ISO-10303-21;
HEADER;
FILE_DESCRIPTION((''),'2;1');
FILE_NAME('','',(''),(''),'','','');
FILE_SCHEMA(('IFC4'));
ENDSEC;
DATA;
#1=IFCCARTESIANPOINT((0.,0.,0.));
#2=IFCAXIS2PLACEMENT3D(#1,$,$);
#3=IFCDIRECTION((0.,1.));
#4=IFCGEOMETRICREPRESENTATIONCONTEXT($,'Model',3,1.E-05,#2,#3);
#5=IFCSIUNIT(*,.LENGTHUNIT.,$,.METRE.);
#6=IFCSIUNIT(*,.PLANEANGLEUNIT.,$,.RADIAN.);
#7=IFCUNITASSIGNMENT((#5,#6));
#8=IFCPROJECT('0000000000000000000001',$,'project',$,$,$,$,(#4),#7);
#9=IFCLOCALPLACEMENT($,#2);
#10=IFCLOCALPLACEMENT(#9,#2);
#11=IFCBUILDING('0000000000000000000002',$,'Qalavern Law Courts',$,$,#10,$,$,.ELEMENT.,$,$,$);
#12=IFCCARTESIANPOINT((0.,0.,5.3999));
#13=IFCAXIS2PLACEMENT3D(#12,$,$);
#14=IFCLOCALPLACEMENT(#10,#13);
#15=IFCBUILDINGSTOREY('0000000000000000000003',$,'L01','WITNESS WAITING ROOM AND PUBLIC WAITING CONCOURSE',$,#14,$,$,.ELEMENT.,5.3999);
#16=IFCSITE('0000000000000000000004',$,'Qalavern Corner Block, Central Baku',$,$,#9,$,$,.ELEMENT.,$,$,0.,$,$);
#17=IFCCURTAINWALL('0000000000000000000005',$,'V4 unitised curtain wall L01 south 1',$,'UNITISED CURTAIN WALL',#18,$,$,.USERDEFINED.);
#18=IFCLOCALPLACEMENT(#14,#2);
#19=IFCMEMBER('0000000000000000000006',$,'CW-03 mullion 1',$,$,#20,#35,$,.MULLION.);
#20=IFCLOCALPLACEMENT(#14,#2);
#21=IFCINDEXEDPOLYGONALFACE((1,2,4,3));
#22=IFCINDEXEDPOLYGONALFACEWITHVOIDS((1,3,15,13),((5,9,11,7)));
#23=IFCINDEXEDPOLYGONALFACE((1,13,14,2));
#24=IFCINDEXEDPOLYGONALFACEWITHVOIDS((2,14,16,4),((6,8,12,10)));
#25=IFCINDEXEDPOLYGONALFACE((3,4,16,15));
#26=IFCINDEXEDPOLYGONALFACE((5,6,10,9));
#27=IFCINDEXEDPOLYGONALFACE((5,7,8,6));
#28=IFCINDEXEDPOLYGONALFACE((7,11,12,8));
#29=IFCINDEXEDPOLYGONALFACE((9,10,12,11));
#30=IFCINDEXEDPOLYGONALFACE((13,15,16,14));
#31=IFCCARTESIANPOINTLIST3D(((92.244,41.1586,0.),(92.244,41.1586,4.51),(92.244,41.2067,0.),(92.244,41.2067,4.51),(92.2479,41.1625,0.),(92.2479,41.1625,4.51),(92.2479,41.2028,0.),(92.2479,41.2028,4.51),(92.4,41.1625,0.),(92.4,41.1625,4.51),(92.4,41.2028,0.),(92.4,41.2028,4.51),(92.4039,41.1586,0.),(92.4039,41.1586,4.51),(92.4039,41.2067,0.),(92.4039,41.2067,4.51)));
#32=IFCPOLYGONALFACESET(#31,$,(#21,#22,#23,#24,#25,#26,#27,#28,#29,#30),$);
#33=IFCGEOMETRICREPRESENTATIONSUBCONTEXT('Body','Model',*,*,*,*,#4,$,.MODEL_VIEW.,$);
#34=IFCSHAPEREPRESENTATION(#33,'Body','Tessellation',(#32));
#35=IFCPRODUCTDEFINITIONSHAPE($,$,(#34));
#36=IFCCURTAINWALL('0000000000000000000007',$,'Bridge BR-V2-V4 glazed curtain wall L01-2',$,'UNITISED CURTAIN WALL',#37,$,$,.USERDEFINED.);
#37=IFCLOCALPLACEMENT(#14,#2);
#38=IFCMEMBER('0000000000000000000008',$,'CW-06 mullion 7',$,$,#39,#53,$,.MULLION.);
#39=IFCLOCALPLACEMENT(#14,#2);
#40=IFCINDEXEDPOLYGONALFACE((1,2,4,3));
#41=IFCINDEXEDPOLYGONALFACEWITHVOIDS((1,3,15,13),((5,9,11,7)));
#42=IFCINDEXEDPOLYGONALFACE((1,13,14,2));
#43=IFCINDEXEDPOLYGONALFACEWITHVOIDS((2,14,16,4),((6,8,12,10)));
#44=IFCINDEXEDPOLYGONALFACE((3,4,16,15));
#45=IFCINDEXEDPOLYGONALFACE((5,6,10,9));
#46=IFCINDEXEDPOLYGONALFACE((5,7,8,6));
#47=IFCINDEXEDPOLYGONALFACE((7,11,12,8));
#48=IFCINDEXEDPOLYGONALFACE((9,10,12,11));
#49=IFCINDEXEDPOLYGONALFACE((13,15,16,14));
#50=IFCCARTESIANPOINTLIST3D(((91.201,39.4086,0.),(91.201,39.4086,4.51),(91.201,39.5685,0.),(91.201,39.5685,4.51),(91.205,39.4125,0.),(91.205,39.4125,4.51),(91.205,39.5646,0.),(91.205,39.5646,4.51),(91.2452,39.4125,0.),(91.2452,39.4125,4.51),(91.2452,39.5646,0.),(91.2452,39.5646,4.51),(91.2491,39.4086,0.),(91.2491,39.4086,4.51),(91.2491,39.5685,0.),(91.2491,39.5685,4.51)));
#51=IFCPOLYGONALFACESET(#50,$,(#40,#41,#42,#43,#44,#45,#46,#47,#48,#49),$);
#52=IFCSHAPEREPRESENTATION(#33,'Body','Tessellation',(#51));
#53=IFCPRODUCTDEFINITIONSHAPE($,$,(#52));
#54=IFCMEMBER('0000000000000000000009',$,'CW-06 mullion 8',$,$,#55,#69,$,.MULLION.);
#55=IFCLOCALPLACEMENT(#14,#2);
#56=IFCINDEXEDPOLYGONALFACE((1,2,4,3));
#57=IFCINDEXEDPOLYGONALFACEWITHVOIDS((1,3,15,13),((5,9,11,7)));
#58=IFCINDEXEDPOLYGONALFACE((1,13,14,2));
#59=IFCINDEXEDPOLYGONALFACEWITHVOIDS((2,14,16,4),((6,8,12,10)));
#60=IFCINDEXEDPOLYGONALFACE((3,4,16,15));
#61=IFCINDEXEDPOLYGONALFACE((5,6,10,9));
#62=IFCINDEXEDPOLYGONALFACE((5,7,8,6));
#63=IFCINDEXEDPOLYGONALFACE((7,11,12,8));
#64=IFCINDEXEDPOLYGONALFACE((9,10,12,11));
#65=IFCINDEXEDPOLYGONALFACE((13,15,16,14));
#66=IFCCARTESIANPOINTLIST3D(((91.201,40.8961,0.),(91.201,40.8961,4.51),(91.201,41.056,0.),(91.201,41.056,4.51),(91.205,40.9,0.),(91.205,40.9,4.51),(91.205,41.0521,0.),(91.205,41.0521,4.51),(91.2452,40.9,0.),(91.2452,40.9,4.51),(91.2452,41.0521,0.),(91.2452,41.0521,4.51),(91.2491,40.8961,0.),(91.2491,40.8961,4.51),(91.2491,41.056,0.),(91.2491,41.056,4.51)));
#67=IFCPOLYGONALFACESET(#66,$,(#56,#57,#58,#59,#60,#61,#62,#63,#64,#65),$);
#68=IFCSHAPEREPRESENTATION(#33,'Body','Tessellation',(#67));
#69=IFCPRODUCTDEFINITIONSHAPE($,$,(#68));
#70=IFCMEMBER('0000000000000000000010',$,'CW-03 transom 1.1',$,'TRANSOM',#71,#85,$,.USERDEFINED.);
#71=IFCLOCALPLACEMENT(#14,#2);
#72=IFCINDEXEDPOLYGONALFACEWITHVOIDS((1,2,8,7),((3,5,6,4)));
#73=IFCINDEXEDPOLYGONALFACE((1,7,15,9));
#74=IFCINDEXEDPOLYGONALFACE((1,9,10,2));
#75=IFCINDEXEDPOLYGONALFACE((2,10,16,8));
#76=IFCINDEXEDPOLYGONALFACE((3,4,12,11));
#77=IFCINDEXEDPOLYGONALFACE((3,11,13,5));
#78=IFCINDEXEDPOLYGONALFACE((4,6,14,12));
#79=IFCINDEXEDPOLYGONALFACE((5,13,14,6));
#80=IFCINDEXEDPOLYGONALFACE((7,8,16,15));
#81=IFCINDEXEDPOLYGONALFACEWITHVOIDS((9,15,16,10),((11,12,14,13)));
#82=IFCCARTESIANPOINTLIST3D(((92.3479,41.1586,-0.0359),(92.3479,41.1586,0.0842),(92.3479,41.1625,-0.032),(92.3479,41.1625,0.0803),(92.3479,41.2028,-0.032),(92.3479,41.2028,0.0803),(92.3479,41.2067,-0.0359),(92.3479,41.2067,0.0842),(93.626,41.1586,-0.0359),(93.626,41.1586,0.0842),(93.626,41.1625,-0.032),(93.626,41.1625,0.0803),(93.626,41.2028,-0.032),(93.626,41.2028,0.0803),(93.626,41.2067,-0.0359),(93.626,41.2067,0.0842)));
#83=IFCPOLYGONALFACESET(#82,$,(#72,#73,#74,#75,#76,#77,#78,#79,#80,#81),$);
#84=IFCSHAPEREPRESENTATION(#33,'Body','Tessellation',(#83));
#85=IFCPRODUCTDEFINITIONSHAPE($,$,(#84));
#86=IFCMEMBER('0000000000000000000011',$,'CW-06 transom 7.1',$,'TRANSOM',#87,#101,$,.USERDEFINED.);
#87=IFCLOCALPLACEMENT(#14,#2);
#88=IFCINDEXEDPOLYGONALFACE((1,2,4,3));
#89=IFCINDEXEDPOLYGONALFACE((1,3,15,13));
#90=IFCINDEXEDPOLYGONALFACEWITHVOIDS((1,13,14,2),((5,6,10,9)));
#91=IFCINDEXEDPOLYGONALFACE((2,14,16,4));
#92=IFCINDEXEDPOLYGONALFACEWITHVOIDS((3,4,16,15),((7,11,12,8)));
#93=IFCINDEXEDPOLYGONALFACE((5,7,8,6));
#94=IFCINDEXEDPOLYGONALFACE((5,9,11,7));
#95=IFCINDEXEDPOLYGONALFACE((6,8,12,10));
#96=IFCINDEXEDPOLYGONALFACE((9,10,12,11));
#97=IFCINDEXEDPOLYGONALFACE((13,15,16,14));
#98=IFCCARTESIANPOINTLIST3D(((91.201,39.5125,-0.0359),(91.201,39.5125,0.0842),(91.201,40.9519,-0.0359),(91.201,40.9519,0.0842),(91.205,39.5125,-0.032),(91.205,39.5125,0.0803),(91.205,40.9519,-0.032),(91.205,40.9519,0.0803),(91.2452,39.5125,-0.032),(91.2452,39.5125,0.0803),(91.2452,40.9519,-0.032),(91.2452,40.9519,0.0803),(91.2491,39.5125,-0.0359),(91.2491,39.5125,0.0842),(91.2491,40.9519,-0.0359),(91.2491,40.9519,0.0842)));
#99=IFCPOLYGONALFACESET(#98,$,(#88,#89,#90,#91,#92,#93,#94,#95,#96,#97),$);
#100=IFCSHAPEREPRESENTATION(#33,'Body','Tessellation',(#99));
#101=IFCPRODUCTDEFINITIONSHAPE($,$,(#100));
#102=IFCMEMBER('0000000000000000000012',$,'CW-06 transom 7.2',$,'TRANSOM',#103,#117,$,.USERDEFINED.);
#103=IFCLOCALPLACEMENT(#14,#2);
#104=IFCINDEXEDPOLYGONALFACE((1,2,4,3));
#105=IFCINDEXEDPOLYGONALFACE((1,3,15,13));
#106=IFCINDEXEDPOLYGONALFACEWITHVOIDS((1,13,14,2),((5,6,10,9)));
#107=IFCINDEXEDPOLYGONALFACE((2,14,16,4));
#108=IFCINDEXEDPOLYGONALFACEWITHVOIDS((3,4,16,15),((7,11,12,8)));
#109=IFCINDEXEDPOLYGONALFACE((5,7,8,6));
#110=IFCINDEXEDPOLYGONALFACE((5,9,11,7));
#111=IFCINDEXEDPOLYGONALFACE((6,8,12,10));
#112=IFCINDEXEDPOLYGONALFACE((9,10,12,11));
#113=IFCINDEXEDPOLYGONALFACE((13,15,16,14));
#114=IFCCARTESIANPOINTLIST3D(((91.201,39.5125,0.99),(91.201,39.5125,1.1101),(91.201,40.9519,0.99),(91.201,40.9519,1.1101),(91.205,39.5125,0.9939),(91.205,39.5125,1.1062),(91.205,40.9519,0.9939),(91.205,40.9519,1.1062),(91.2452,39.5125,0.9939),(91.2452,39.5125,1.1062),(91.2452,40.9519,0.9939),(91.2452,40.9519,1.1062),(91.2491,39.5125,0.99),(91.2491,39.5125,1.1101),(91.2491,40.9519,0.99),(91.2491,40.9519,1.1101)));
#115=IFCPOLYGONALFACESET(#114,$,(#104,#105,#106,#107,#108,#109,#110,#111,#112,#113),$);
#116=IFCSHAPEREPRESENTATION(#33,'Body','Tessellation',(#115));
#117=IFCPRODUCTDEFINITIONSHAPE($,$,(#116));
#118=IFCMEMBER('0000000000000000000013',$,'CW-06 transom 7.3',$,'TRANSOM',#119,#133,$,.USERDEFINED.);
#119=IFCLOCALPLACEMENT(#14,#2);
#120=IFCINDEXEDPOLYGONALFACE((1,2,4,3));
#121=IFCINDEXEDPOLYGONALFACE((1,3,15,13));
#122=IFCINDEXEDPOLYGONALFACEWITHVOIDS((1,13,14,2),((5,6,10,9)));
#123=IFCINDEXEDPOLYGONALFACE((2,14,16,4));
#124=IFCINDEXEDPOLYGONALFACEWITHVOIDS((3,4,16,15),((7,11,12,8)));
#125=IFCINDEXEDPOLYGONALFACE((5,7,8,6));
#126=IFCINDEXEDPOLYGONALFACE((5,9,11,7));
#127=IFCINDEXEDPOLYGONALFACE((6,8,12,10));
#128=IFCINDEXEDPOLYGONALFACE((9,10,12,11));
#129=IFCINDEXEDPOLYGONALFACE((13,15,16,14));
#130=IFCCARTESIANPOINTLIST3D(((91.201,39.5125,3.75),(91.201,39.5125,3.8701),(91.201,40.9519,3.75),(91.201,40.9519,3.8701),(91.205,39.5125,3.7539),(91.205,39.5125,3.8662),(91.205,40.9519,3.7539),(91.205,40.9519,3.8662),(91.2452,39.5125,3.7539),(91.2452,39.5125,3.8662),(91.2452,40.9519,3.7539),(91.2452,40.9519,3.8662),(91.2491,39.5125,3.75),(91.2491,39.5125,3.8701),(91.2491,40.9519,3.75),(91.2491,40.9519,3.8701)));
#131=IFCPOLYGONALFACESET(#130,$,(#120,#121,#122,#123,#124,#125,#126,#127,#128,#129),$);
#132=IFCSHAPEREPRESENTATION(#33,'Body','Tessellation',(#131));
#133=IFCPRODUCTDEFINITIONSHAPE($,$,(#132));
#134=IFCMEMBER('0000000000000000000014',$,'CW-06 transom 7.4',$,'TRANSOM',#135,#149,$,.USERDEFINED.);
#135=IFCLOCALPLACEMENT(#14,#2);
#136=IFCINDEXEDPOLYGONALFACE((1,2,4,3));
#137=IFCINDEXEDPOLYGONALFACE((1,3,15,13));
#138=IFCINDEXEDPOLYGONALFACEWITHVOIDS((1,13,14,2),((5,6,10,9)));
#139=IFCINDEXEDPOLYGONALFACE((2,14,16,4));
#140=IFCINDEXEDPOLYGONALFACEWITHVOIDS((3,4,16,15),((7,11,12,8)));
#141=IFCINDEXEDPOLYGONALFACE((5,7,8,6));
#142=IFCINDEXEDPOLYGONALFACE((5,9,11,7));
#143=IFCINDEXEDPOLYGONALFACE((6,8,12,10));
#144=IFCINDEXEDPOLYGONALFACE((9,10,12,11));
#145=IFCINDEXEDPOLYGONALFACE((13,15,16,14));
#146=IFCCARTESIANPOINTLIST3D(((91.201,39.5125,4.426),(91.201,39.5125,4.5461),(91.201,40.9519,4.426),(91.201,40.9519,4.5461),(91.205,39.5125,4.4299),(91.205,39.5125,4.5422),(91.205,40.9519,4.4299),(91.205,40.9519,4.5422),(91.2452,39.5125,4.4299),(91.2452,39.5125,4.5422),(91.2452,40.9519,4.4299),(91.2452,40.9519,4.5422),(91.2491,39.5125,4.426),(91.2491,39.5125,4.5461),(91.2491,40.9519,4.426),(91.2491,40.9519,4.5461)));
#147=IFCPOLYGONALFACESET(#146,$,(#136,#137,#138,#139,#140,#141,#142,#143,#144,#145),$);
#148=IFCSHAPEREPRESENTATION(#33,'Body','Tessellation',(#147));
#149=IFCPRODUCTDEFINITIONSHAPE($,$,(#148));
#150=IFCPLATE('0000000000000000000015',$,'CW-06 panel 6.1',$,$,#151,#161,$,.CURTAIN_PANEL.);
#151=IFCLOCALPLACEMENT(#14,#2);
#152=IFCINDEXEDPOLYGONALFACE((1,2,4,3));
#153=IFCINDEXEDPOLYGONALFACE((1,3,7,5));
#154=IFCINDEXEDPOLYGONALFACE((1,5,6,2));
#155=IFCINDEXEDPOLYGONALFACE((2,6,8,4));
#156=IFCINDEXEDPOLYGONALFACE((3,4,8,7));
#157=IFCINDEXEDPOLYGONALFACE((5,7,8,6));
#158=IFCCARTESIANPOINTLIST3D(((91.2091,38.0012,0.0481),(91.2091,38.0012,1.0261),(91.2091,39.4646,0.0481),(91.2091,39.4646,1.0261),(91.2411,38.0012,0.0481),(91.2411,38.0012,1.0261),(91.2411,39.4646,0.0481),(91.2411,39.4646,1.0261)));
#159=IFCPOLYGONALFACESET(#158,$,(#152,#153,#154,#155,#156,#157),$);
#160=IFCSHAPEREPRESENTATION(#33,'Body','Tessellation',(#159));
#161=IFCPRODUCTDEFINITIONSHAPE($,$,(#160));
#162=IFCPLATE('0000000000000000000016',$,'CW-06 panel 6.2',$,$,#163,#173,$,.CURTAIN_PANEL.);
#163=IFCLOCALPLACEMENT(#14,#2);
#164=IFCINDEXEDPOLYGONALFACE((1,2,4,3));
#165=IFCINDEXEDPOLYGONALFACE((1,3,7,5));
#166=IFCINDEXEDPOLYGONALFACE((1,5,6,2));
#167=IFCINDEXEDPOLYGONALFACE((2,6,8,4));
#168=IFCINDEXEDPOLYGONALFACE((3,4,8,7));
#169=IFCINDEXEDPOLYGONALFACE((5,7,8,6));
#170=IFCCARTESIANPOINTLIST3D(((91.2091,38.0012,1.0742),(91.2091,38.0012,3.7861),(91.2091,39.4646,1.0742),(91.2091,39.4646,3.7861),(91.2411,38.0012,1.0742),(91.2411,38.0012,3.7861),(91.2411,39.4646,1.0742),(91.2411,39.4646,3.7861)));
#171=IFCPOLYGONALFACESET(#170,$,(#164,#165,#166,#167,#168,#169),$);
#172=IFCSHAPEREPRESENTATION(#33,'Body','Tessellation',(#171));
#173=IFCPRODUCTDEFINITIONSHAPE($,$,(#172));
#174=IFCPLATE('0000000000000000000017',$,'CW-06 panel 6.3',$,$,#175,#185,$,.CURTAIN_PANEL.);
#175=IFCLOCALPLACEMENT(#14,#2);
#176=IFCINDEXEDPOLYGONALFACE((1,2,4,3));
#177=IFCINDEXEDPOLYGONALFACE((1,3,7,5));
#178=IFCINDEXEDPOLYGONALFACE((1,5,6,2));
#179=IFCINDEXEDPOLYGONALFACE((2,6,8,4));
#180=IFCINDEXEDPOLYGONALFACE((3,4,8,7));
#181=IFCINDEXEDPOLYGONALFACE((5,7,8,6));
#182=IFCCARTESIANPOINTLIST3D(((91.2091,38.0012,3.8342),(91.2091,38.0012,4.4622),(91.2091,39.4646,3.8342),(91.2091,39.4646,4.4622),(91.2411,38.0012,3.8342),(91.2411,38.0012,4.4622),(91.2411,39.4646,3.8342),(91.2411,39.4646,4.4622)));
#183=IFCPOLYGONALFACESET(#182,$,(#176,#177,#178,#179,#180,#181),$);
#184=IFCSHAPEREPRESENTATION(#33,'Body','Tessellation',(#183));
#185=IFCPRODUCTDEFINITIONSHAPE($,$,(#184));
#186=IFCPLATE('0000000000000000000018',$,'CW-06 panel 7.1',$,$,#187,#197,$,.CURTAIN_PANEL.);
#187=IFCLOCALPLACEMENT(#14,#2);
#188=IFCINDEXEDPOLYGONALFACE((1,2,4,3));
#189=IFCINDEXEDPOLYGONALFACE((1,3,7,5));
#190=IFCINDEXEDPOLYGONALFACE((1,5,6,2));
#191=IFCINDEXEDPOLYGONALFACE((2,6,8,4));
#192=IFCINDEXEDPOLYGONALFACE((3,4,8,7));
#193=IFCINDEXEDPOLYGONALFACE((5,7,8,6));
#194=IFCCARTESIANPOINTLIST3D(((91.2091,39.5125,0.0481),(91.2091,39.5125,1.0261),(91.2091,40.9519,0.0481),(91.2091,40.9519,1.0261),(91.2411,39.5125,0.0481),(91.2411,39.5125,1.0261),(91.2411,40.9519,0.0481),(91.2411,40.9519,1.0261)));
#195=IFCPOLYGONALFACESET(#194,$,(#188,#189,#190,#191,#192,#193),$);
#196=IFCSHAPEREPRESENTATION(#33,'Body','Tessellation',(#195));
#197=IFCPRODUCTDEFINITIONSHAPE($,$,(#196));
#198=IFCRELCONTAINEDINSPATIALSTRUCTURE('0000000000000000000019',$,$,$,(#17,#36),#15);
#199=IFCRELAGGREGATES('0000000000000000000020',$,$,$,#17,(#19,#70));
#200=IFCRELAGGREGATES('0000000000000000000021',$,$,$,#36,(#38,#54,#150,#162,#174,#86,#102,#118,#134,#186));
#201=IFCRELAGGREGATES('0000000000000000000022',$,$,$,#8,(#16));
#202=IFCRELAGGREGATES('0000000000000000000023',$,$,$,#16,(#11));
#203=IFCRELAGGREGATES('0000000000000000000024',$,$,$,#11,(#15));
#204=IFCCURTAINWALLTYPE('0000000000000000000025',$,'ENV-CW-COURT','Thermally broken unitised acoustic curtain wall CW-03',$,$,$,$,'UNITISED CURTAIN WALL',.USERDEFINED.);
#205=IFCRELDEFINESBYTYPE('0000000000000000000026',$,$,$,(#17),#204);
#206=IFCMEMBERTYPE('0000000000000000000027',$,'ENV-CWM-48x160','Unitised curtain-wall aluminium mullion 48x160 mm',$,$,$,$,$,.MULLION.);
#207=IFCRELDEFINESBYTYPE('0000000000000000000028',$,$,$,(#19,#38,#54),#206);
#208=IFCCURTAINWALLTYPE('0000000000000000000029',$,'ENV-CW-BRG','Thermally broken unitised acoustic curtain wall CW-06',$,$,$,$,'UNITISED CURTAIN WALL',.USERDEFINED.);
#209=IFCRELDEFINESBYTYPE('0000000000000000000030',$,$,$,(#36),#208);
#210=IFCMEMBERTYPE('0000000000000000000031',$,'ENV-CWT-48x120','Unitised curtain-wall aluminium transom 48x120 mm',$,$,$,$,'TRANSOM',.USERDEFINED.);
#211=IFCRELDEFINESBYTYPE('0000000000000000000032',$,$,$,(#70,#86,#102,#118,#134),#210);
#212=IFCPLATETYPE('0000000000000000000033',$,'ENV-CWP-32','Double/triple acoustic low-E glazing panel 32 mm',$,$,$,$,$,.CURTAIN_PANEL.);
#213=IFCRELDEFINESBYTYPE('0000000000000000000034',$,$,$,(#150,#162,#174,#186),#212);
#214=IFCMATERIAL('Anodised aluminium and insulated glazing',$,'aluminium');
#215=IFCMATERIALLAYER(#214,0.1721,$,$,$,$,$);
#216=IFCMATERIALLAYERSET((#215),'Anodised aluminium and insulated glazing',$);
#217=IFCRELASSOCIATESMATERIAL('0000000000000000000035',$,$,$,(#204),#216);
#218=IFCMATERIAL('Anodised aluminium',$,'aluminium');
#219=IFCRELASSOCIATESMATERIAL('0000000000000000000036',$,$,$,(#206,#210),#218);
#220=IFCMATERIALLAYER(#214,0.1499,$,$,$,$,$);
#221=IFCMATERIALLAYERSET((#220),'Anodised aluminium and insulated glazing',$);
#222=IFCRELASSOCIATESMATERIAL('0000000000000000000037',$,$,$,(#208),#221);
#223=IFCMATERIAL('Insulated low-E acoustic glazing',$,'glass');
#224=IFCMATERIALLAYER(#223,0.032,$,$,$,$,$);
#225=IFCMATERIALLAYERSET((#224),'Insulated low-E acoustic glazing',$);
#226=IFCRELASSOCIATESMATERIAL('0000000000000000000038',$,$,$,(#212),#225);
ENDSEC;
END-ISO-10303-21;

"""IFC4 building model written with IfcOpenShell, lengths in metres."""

from ifc_helpers import new_model, si_unit, direction, frame, origin, origin_2d, place, context, subcontext, project, spatial, rectangle, hollow_rectangle, extrude, material, layer, layer_set, material_profile, profile_set, type_object, element, aggregate, save


model = new_model("IFC4")

# Units and contexts
model_context = context("Model", 3, precision=1e-05, world=origin(), true_north=direction((0.0, 1.0)))
body_context = subcontext(model_context, "Body", "Model", "MODEL_VIEW")
ifc_project = project(units=[si_unit("LENGTHUNIT", "METRE"), si_unit("PLANEANGLEUNIT", "RADIAN")], contexts=[model_context])

# Site, building, storey
site_placement = place(None, origin())
site = spatial("IfcSite", under=ifc_project, at=site_placement, Name="Qalavern Corner Block, Central Baku", CompositionType="ELEMENT", RefElevation=0.0)
building_placement = place(site_placement, origin())
building = spatial("IfcBuilding", under=site, at=building_placement, Name="Qalavern Law Courts", CompositionType="ELEMENT")
storey_placement = place(building_placement, frame((0.0, 0.0, 5.3999)))
storey = spatial("IfcBuildingStorey", under=building, at=storey_placement, Name="L01", Description="WITNESS WAITING ROOM AND PUBLIC WAITING CONCOURSE", CompositionType="ELEMENT", Elevation=5.3999)

# Curtain wall, member
ifc_material_1 = material(Name="Anodised aluminium and insulated glazing", Category="aluminium")
ifc_layer_1 = layer(ifc_material_1, 0.1721)
ifc_layer_set_1 = layer_set([ifc_layer_1], Name="Anodised aluminium and insulated glazing")
curtain_wall_type_1 = type_object("IfcCurtainWallType", Name="ENV-CW-COURT", Description="Thermally broken unitised acoustic curtain wall CW-03", ElementType="UNITISED CURTAIN WALL", PredefinedType="USERDEFINED", material=ifc_layer_set_1)
curtain_wall_1_placement = place(storey_placement, origin())
curtain_wall_1 = element("IfcCurtainWall", 1, at=curtain_wall_1_placement, inside=storey, type_object=curtain_wall_type_1, Name="V4 unitised curtain wall L01 south 1", ObjectType="UNITISED CURTAIN WALL", PredefinedType="USERDEFINED")
ifc_material_2 = material(Name="Anodised aluminium", Category="aluminium")
ifc_material_profile_1 = material_profile(ifc_material_2, hollow_rectangle(XDim=0.0481, YDim=0.1599, WallThickness=0.0039, at=origin_2d()), Name="ALU MULLION 48x160")
ifc_profile_set_1 = profile_set([ifc_material_profile_1], Name="Anodised aluminium")
member_type_1 = type_object("IfcMemberType", Name="ENV-CWM-48x160", Description="Unitised curtain-wall aluminium mullion 48x160 mm", PredefinedType="MULLION", material=ifc_profile_set_1)
member_1_placement = place(storey_placement, frame((92.324, 41.1826, 0.0), z_axis=(0.0, 0.0, 1.0), x_axis=(0.0, 1.0, 0.0)))
member_1 = element("IfcMember", 2, at=member_1_placement, type_object=member_type_1, Name="CW-03 mullion 1", PredefinedType="MULLION", context=body_context, shape_type="SweptSolid", body=[
    extrude(hollow_rectangle(XDim=0.0481, YDim=0.1599, WallThickness=0.0039, at=origin_2d()), origin(), (0.0, 0.0, 1.0), 4.51),
])

# Curtain wall, members
ifc_layer_2 = layer(ifc_material_1, 0.1499)
ifc_layer_set_2 = layer_set([ifc_layer_2], Name="Anodised aluminium and insulated glazing")
curtain_wall_type_2 = type_object("IfcCurtainWallType", Name="ENV-CW-BRG", Description="Thermally broken unitised acoustic curtain wall CW-06", ElementType="UNITISED CURTAIN WALL", PredefinedType="USERDEFINED", material=ifc_layer_set_2)
curtain_wall_2_placement = place(storey_placement, origin())
curtain_wall_2 = element("IfcCurtainWall", 3, at=curtain_wall_2_placement, inside=storey, type_object=curtain_wall_type_2, Name="Bridge BR-V2-V4 glazed curtain wall L01-2", ObjectType="UNITISED CURTAIN WALL", PredefinedType="USERDEFINED")
member_2_placement = place(storey_placement, frame((91.2251, 39.4885, 0.0), z_axis=(0.0, 0.0, 1.0), x_axis=(-1.0, 0.0, 0.0)))
member_2 = element("IfcMember", 4, at=member_2_placement, type_object=member_type_1, Name="CW-06 mullion 7", PredefinedType="MULLION", context=body_context, shape_type="SweptSolid", body=[
    extrude(hollow_rectangle(XDim=0.0481, YDim=0.1599, WallThickness=0.0039, at=origin_2d()), origin(), (0.0, 0.0, 1.0), 4.51),
])
member_3_placement = place(storey_placement, frame((91.2251, 40.9761, 0.0), z_axis=(0.0, 0.0, 1.0), x_axis=(-1.0, 0.0, 0.0)))
member_3 = element("IfcMember", 5, at=member_3_placement, type_object=member_type_1, Name="CW-06 mullion 8", PredefinedType="MULLION", context=body_context, shape_type="SweptSolid", body=[
    extrude(hollow_rectangle(XDim=0.0481, YDim=0.1599, WallThickness=0.0039, at=origin_2d()), origin(), (0.0, 0.0, 1.0), 4.51),
])

# Members
ifc_material_profile_2 = material_profile(ifc_material_2, hollow_rectangle(XDim=0.0481, YDim=0.1201, WallThickness=0.0039, at=origin_2d()), Name="ALU TRANSOM 48x120")
ifc_profile_set_2 = profile_set([ifc_material_profile_2], Name="Anodised aluminium")
member_type_2 = type_object("IfcMemberType", Name="ENV-CWT-48x120", Description="Unitised curtain-wall aluminium transom 48x120 mm", ElementType="TRANSOM", PredefinedType="USERDEFINED", material=ifc_profile_set_2)
member_4_placement = place(storey_placement, frame((92.3479, 41.1826, 0.0242), z_axis=(1.0, 0.0, 0.0), x_axis=(0.0, 1.0, 0.0)))
member_4 = element("IfcMember", 6, at=member_4_placement, type_object=member_type_2, Name="CW-03 transom 1.1", ObjectType="TRANSOM", PredefinedType="USERDEFINED", context=body_context, shape_type="SweptSolid", body=[
    extrude(hollow_rectangle(XDim=0.0481, YDim=0.1201, WallThickness=0.0039, at=origin_2d()), origin(), (0.0, 0.0, 1.0), 1.2781),
])
aggregate(curtain_wall_1, [member_1, member_4])
member_5_placement = place(storey_placement, frame((91.2251, 39.5125, 0.0242), z_axis=(0.0, 1.0, 0.0), x_axis=(-1.0, 0.0, 0.0)))
member_5 = element("IfcMember", 7, at=member_5_placement, type_object=member_type_2, Name="CW-06 transom 7.1", ObjectType="TRANSOM", PredefinedType="USERDEFINED", context=body_context, shape_type="SweptSolid", body=[
    extrude(hollow_rectangle(XDim=0.0481, YDim=0.1201, WallThickness=0.0039, at=origin_2d()), origin(), (0.0, 0.0, 1.0), 1.4395),
])
member_6_placement = place(storey_placement, frame((91.2251, 39.5125, 1.05), z_axis=(0.0, 1.0, 0.0), x_axis=(-1.0, 0.0, 0.0)))
member_6 = element("IfcMember", 8, at=member_6_placement, type_object=member_type_2, Name="CW-06 transom 7.2", ObjectType="TRANSOM", PredefinedType="USERDEFINED", context=body_context, shape_type="SweptSolid", body=[
    extrude(hollow_rectangle(XDim=0.0481, YDim=0.1201, WallThickness=0.0039, at=origin_2d()), origin(), (0.0, 0.0, 1.0), 1.4395),
])
member_7_placement = place(storey_placement, frame((91.2251, 39.5125, 3.8101), z_axis=(0.0, 1.0, 0.0), x_axis=(-1.0, 0.0, 0.0)))
member_7 = element("IfcMember", 9, at=member_7_placement, type_object=member_type_2, Name="CW-06 transom 7.3", ObjectType="TRANSOM", PredefinedType="USERDEFINED", context=body_context, shape_type="SweptSolid", body=[
    extrude(hollow_rectangle(XDim=0.0481, YDim=0.1201, WallThickness=0.0039, at=origin_2d()), origin(), (0.0, 0.0, 1.0), 1.4395),
])
member_8_placement = place(storey_placement, frame((91.2251, 39.5125, 4.4861), z_axis=(0.0, 1.0, 0.0), x_axis=(-1.0, 0.0, 0.0)))
member_8 = element("IfcMember", 10, at=member_8_placement, type_object=member_type_2, Name="CW-06 transom 7.4", ObjectType="TRANSOM", PredefinedType="USERDEFINED", context=body_context, shape_type="SweptSolid", body=[
    extrude(hollow_rectangle(XDim=0.0481, YDim=0.1201, WallThickness=0.0039, at=origin_2d()), origin(), (0.0, 0.0, 1.0), 1.4395),
])

# Plates
ifc_material_3 = material(Name="Insulated low-E acoustic glazing", Category="glass")
ifc_layer_3 = layer(ifc_material_3, 0.032)
ifc_layer_set_3 = layer_set([ifc_layer_3], Name="Insulated low-E acoustic glazing")
plate_type = type_object("IfcPlateType", Name="ENV-CWP-32", Description="Double/triple acoustic low-E glazing panel 32 mm", PredefinedType="CURTAIN_PANEL", material=ifc_layer_set_3)
plate_1_placement = place(storey_placement, frame((91.2251, 38.7329, 0.0481), z_axis=(0.0, 0.0, 1.0), x_axis=(0.0, 1.0, 0.0)))
plate_1 = element("IfcPlate", 11, at=plate_1_placement, type_object=plate_type, Name="CW-06 panel 6.1", PredefinedType="CURTAIN_PANEL", context=body_context, shape_type="SweptSolid", body=[
    extrude(rectangle(XDim=1.4634, YDim=0.032, at=origin_2d()), origin(), (0.0, 0.0, 1.0), 0.978),
])
plate_2_placement = place(storey_placement, frame((91.2251, 38.7329, 1.0742), z_axis=(0.0, 0.0, 1.0), x_axis=(0.0, 1.0, 0.0)))
plate_2 = element("IfcPlate", 12, at=plate_2_placement, type_object=plate_type, Name="CW-06 panel 6.2", PredefinedType="CURTAIN_PANEL", context=body_context, shape_type="SweptSolid", body=[
    extrude(rectangle(XDim=1.4634, YDim=0.032, at=origin_2d()), origin(), (0.0, 0.0, 1.0), 2.7119),
])
plate_3_placement = place(storey_placement, frame((91.2251, 38.7329, 3.8342), z_axis=(0.0, 0.0, 1.0), x_axis=(0.0, 1.0, 0.0)))
plate_3 = element("IfcPlate", 13, at=plate_3_placement, type_object=plate_type, Name="CW-06 panel 6.3", PredefinedType="CURTAIN_PANEL", context=body_context, shape_type="SweptSolid", body=[
    extrude(rectangle(XDim=1.4634, YDim=0.032, at=origin_2d()), origin(), (0.0, 0.0, 1.0), 0.6279),
])
plate_4_placement = place(storey_placement, frame((91.2251, 40.2322, 0.0481), z_axis=(0.0, 0.0, 1.0), x_axis=(0.0, 1.0, 0.0)))
plate_4 = element("IfcPlate", 14, at=plate_4_placement, type_object=plate_type, Name="CW-06 panel 7.1", PredefinedType="CURTAIN_PANEL", context=body_context, shape_type="SweptSolid", body=[
    extrude(rectangle(XDim=1.4395, YDim=0.032, at=origin_2d()), origin(), (0.0, 0.0, 1.0), 0.978),
])
aggregate(curtain_wall_2, [member_2, member_3, plate_1, plate_2, plate_3, member_5, member_6, member_7, member_8, plate_4])

save(model, "model.ifc")
